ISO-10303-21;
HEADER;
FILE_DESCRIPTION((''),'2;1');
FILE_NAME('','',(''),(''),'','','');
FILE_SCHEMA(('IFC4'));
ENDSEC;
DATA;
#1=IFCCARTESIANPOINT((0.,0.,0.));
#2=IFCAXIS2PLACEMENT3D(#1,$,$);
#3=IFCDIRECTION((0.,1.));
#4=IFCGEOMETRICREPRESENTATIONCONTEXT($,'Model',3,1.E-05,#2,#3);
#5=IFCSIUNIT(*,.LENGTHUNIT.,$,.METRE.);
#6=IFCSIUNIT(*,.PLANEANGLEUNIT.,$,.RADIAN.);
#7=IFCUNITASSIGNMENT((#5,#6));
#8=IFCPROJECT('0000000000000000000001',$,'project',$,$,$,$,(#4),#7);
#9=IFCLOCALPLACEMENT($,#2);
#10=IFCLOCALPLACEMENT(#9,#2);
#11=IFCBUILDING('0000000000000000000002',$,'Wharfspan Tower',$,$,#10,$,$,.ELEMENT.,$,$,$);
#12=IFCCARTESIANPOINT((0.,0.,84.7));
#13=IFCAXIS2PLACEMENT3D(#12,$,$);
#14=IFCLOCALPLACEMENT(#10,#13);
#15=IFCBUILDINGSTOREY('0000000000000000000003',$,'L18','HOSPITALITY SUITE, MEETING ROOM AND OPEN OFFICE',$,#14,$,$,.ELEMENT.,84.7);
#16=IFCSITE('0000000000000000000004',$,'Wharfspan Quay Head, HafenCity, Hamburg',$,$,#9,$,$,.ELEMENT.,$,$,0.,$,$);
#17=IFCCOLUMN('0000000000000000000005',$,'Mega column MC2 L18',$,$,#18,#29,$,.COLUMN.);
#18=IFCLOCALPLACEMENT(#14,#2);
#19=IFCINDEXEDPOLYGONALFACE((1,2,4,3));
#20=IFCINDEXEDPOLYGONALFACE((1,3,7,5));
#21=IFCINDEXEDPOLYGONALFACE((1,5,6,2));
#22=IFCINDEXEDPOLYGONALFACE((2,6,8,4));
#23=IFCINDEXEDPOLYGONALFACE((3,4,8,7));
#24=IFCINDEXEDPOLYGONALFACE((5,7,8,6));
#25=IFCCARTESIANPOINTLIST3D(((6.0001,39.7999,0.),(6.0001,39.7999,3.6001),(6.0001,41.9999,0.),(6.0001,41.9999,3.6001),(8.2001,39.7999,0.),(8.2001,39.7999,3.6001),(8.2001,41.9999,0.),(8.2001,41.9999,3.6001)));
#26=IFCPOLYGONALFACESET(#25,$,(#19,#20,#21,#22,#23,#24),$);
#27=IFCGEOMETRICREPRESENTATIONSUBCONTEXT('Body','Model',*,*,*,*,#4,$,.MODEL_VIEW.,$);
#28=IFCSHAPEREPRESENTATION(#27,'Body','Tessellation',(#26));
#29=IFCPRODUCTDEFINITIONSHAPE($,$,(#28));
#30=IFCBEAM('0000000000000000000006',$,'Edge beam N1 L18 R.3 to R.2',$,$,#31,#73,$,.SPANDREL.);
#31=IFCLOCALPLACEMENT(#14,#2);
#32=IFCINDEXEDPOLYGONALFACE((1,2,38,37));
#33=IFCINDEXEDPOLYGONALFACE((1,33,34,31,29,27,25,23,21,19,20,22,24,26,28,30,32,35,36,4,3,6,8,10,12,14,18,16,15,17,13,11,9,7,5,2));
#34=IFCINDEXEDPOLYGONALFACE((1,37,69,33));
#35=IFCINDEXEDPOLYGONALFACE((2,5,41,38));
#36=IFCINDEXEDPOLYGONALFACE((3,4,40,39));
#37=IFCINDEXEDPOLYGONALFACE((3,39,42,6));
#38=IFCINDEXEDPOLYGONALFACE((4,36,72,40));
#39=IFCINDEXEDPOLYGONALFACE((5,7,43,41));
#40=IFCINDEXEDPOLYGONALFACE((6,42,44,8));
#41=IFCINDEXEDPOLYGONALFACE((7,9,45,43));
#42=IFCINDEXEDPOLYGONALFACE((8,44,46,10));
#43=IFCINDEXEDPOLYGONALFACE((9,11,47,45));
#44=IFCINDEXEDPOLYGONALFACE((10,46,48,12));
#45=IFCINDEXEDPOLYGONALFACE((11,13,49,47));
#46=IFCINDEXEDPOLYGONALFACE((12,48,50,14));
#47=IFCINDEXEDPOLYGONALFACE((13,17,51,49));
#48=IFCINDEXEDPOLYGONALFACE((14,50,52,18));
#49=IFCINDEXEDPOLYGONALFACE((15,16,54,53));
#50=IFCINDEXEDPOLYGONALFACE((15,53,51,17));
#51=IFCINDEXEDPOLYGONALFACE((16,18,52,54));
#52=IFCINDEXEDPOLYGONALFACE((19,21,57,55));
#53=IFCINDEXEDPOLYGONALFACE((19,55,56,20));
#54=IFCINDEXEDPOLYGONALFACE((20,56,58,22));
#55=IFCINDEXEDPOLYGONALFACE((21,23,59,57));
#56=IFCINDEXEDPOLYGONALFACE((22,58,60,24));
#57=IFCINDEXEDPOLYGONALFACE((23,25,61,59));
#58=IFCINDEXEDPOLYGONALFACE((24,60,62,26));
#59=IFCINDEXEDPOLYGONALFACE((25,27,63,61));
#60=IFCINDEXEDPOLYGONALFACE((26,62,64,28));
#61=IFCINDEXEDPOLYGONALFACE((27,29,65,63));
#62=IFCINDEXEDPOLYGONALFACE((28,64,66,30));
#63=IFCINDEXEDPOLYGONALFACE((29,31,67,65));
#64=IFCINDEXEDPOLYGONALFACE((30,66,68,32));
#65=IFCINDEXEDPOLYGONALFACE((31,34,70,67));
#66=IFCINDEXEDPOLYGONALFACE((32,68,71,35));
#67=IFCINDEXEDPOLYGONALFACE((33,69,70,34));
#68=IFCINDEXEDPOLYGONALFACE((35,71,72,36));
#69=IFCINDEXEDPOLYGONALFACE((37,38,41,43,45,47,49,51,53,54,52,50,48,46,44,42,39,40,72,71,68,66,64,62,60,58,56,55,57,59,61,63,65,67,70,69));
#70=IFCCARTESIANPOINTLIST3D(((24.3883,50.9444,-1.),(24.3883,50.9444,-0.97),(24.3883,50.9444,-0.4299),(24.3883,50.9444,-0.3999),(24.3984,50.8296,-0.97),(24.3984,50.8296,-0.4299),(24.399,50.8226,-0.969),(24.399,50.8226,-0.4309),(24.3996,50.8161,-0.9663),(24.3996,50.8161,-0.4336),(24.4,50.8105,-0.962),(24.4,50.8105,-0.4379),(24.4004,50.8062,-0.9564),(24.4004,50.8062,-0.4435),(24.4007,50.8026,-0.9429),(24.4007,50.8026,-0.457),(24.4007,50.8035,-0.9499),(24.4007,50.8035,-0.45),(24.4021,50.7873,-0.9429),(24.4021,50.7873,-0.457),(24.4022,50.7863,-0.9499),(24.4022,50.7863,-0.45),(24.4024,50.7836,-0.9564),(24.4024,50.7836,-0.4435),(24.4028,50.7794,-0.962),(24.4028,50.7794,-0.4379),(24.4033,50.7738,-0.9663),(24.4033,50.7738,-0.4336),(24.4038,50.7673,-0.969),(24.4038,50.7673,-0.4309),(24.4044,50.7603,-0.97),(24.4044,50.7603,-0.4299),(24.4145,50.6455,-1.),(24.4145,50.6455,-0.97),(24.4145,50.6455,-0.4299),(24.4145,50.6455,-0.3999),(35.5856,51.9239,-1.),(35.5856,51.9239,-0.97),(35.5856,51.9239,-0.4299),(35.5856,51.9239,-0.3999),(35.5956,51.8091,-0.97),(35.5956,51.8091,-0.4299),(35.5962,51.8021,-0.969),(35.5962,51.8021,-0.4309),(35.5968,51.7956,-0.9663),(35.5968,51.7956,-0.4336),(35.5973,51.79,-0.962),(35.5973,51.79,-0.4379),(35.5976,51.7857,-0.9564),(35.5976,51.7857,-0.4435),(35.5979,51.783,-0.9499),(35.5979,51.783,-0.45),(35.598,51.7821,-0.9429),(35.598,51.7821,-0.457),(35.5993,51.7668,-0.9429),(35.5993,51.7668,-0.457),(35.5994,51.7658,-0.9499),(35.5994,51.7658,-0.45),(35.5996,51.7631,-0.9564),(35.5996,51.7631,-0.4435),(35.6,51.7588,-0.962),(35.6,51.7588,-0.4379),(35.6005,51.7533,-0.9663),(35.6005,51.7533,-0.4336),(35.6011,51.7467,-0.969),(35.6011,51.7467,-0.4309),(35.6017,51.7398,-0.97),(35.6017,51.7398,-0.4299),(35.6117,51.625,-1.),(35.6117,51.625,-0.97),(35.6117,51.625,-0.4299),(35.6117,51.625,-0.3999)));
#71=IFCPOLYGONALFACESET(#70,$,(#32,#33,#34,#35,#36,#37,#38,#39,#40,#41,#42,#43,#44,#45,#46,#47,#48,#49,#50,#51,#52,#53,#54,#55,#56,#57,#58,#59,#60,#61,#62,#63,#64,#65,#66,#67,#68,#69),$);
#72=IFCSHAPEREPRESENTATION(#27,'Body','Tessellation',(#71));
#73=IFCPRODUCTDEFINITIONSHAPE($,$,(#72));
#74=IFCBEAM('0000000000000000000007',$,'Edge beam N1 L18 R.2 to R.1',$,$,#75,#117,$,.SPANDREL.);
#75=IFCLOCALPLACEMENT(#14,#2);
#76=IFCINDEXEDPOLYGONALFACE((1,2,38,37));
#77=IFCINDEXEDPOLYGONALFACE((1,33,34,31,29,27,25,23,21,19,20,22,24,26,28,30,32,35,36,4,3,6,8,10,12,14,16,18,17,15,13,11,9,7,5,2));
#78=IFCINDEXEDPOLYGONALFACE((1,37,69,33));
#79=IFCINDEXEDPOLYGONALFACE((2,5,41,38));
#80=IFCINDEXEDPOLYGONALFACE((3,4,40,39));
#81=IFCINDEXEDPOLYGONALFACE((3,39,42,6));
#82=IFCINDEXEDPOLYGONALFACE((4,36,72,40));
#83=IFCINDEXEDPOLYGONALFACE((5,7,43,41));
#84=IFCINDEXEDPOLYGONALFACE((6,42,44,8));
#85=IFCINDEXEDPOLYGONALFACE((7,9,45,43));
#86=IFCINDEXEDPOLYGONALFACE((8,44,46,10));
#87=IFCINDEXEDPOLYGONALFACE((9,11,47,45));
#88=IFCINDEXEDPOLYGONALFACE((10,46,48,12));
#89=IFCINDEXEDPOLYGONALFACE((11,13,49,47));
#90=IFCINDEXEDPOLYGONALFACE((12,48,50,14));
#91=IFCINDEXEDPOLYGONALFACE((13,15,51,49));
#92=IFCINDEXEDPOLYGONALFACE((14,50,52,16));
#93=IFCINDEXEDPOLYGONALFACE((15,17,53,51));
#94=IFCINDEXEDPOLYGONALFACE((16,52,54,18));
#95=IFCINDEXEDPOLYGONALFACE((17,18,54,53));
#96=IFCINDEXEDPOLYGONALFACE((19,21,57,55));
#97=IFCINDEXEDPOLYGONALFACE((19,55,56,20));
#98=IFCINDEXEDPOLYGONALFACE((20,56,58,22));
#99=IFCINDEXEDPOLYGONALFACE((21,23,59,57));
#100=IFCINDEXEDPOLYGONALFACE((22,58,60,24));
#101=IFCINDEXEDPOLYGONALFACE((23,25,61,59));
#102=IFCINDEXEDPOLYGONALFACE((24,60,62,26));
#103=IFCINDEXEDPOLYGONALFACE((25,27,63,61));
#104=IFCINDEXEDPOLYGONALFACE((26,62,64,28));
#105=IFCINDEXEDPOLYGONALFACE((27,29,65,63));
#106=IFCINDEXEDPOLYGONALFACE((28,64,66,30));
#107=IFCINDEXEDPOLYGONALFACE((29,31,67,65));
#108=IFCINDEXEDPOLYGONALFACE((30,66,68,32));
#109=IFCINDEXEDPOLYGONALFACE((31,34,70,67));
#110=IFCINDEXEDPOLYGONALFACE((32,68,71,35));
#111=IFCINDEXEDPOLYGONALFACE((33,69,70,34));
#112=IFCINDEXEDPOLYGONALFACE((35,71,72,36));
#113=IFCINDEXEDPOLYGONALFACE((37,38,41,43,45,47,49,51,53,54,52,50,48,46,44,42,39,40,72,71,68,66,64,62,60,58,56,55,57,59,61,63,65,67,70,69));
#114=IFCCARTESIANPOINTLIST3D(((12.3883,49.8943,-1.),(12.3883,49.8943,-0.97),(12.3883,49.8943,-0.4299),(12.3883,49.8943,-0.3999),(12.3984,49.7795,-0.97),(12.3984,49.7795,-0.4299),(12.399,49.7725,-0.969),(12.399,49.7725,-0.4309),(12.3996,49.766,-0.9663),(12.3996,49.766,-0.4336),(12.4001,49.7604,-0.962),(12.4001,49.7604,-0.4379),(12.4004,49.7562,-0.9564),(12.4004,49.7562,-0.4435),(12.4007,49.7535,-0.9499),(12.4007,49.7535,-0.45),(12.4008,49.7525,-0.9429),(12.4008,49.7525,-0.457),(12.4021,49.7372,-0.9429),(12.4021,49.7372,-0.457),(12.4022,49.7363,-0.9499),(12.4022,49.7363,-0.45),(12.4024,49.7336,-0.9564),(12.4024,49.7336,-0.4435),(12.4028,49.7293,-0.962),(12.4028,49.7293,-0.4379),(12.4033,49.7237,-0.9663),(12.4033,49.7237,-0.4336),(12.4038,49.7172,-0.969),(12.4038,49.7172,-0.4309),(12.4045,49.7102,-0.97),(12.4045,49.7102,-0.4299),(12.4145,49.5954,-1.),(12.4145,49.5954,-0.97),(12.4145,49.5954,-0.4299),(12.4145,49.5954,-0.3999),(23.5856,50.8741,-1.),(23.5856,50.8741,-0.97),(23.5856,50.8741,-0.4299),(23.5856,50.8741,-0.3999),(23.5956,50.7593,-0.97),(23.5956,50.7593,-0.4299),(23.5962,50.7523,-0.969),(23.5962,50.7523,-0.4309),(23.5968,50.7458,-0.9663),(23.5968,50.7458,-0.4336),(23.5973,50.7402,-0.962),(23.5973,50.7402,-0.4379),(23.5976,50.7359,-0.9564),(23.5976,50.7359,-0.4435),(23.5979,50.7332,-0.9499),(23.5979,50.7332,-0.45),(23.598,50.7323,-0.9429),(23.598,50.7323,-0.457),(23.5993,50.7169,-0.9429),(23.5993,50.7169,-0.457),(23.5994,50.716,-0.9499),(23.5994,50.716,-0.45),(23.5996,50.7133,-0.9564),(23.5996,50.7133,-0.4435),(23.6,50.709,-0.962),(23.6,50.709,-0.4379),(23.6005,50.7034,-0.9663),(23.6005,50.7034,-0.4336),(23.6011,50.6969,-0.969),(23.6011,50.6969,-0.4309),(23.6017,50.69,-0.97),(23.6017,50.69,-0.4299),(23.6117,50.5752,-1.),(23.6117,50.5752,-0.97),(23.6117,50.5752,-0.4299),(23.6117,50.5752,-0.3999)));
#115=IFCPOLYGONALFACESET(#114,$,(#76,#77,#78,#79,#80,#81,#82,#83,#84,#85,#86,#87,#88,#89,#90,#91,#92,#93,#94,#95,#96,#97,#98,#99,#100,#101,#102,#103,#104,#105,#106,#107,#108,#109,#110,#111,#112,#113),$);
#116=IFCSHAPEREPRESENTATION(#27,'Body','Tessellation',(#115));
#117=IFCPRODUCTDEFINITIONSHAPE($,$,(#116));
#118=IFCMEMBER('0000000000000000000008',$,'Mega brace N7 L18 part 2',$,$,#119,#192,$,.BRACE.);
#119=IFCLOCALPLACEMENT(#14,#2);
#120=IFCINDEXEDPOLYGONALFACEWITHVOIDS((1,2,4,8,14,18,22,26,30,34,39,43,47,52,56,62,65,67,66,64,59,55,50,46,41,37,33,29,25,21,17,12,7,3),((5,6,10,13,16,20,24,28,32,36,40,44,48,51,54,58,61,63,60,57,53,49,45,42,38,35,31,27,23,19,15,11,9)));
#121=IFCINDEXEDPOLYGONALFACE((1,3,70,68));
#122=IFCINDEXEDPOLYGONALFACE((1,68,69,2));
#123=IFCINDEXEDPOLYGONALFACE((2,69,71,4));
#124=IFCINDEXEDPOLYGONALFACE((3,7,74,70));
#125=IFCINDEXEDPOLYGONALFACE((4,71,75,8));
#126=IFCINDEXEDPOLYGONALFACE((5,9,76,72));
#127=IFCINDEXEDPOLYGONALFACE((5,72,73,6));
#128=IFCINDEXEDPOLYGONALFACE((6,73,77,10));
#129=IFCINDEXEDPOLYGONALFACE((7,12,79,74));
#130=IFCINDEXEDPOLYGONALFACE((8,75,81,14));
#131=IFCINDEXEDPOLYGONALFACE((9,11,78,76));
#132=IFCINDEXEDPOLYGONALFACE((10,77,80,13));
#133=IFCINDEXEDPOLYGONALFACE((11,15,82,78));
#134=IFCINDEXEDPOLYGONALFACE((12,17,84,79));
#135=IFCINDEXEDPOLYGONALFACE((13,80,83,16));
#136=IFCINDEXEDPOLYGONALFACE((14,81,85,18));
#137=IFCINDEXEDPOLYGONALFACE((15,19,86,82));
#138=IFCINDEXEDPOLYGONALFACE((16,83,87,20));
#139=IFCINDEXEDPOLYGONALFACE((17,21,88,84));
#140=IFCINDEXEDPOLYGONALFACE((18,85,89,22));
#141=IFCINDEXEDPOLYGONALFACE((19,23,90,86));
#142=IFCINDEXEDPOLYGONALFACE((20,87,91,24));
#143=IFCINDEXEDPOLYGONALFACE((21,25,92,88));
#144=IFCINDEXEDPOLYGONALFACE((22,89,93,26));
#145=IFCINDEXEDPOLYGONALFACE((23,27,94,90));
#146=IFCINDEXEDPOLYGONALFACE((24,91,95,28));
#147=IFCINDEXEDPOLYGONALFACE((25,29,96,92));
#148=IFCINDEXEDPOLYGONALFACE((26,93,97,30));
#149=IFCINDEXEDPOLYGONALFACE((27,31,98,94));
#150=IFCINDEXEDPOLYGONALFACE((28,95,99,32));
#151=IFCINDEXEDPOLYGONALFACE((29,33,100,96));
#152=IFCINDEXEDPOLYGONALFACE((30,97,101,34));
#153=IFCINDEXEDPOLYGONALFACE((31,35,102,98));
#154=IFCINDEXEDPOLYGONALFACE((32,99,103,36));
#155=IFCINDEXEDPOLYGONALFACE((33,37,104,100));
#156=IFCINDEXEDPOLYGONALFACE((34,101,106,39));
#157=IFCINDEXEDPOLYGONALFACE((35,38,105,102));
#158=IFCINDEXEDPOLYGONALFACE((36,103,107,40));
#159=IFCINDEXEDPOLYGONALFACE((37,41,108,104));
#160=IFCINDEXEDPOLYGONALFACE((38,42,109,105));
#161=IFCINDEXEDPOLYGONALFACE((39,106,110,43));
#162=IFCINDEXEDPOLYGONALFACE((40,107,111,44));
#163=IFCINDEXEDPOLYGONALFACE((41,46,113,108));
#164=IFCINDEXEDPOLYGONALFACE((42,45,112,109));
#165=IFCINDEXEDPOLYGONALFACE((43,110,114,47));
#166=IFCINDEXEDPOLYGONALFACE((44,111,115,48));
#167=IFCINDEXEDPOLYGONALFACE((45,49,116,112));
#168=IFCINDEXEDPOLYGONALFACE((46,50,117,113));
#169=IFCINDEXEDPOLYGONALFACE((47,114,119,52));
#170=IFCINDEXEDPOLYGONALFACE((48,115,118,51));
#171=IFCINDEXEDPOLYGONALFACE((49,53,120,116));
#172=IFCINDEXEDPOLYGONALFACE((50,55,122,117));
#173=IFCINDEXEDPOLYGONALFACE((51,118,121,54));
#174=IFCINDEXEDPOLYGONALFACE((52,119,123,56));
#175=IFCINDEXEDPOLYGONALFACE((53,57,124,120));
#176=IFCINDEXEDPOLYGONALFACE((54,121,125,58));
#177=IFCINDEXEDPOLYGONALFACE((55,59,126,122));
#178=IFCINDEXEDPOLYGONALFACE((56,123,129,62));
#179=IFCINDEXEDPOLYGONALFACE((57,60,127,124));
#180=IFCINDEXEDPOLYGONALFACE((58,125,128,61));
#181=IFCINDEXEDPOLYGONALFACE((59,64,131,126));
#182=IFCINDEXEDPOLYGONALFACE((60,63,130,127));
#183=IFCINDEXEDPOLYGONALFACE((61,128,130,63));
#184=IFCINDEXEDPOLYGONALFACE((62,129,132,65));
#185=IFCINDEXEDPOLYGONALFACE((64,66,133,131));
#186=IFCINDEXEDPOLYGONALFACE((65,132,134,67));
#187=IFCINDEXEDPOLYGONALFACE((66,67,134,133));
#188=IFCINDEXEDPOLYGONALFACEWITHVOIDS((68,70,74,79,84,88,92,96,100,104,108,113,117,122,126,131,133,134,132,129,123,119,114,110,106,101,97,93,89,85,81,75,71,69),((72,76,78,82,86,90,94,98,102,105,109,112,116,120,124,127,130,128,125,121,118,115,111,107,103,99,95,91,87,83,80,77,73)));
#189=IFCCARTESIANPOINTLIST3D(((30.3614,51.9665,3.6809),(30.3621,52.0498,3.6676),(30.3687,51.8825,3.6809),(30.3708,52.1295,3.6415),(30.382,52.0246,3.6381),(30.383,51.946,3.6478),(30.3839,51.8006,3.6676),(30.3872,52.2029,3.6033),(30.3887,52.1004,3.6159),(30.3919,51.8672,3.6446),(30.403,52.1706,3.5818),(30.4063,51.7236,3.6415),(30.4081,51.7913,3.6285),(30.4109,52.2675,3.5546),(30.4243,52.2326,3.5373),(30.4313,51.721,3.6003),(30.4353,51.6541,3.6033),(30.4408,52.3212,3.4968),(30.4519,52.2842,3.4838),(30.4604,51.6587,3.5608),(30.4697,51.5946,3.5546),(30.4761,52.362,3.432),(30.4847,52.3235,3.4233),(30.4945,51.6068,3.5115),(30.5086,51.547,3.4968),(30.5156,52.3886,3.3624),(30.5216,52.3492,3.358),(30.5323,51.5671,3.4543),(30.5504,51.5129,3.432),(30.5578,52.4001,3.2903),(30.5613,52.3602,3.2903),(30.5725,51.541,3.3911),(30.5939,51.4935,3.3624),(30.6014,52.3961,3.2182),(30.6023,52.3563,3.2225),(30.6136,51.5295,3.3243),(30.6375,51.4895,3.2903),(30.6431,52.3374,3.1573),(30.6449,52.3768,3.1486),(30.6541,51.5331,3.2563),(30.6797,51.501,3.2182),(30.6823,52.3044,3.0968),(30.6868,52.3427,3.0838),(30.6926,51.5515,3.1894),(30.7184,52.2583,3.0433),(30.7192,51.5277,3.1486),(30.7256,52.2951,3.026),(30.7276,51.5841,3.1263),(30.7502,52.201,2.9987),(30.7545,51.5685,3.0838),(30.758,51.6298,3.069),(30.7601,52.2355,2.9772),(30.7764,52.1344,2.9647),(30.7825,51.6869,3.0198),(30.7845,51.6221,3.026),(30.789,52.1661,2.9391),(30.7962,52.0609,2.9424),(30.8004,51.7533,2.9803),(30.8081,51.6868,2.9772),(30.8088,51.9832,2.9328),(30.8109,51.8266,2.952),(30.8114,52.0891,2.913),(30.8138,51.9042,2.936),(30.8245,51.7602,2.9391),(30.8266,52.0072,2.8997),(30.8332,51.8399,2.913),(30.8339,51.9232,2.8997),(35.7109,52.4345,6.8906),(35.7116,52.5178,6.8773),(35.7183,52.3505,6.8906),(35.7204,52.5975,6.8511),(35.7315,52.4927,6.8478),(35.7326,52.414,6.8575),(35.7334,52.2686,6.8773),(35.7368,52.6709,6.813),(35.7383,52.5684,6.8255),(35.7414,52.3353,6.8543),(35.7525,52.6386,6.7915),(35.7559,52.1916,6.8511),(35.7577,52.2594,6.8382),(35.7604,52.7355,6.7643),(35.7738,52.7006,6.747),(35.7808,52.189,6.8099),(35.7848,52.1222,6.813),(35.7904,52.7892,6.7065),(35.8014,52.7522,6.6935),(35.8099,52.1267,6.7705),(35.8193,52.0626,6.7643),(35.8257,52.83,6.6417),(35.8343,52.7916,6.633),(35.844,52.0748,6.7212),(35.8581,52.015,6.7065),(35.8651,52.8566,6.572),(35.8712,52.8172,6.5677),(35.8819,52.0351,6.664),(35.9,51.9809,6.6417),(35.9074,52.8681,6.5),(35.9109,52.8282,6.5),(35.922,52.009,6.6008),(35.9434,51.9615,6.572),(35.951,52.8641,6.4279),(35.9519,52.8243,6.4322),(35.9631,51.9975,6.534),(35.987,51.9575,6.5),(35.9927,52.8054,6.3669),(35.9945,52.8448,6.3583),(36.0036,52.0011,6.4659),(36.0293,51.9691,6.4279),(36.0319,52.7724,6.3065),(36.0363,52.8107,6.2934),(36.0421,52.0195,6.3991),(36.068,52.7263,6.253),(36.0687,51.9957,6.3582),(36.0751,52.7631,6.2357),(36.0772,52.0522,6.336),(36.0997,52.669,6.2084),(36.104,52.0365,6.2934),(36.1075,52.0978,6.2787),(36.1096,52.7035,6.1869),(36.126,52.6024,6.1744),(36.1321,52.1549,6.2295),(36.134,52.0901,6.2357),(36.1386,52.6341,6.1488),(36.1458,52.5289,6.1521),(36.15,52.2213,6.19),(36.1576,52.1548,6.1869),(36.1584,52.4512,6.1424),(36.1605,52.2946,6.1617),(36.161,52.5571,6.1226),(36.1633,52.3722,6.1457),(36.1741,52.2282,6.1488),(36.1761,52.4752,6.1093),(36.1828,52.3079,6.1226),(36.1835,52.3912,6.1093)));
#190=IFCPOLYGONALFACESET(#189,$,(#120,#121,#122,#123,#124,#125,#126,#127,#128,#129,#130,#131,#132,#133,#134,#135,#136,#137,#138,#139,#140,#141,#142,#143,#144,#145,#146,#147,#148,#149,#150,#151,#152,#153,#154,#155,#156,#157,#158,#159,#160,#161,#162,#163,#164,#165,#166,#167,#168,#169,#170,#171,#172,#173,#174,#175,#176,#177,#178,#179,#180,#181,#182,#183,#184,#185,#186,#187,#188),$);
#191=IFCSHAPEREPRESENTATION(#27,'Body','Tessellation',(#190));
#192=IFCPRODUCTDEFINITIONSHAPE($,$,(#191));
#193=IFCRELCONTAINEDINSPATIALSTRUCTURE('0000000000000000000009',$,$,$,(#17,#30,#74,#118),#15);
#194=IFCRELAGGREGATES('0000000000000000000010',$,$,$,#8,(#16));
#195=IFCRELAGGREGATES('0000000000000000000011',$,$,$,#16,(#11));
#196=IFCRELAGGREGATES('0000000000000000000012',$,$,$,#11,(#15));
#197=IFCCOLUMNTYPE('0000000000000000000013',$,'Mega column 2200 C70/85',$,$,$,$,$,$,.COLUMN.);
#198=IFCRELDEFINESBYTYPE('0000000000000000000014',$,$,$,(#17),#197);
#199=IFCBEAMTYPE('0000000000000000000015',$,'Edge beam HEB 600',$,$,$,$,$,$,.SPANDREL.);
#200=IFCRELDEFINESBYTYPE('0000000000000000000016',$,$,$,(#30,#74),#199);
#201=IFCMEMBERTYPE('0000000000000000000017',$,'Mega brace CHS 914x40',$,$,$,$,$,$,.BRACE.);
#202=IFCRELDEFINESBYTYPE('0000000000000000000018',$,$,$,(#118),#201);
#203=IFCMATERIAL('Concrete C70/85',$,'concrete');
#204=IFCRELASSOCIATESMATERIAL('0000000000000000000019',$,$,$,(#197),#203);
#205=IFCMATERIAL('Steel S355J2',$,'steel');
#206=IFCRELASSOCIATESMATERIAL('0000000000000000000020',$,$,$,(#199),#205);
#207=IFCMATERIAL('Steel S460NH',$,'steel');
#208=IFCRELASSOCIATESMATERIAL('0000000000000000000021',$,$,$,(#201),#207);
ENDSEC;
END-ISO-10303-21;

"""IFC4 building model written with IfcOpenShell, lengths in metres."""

from ifc_helpers import new_model, si_unit, direction, frame, origin, origin_2d, place, context, subcontext, project, spatial, rectangle, hollow_circle, i_section, extrude, material, material_profile, profile_set, type_object, element, save


model = new_model("IFC4")

# Units and contexts
model_context = context("Model", 3, precision=1e-05, world=origin(), true_north=direction((0.0, 1.0)))
body_context = subcontext(model_context, "Body", "Model", "MODEL_VIEW")
ifc_project = project(units=[si_unit("LENGTHUNIT", "METRE"), si_unit("PLANEANGLEUNIT", "RADIAN")], contexts=[model_context])

# Site, building, storey
site_placement = place(None, origin())
site = spatial("IfcSite", under=ifc_project, at=site_placement, Name="Wharfspan Quay Head, HafenCity, Hamburg", CompositionType="ELEMENT", RefElevation=0.0)
building_placement = place(site_placement, origin())
building = spatial("IfcBuilding", under=site, at=building_placement, Name="Wharfspan Tower", CompositionType="ELEMENT")
storey_placement = place(building_placement, frame((0.0, 0.0, 84.7)))
storey = spatial("IfcBuildingStorey", under=building, at=storey_placement, Name="L18", Description="HOSPITALITY SUITE, MEETING ROOM AND OPEN OFFICE", CompositionType="ELEMENT", Elevation=84.7)

# Column
ifc_material_1 = material(Name="Steel S355J2", Category="steel")
ifc_material_2 = material(Name="Concrete C70/85", Category="concrete")
ifc_material_profile_1 = material_profile(ifc_material_2, rectangle(XDim=2.2, YDim=2.2, at=origin_2d()))
ifc_profile_set_1 = profile_set([ifc_material_profile_1], Name="Concrete C70/85")
column_type_1 = type_object("IfcColumnType", Name="Mega column 2200 C70/85", PredefinedType="COLUMN", material=ifc_profile_set_1)
column_1_placement = place(storey_placement, frame((7.1001, 40.8999, 0.0), z_axis=(0.0, 0.0, 1.0), x_axis=(1.0, 0.0, 0.0)))
element("IfcColumn", 1, at=column_1_placement, inside=storey, type_object=column_type_1, Name="Mega column MC2 L18", PredefinedType="COLUMN", context=body_context, shape_type="SweptSolid", body=[
    extrude(rectangle(XDim=2.2, YDim=2.2, at=origin_2d()), origin(), (0.0, 0.0, 1.0), 3.6001),
])

# Beams
ifc_material_profile_2 = material_profile(ifc_material_1, i_section(OverallWidth=0.3, OverallDepth=0.6001, WebThickness=0.0154, FlangeThickness=0.03, FilletRadius=0.0271, at=origin_2d()))
ifc_profile_set_2 = profile_set([ifc_material_profile_2], Name="Steel S355J2")
beam_type = type_object("IfcBeamType", Name="Edge beam HEB 600", PredefinedType="SPANDREL", material=ifc_profile_set_2)
for number, where, z_axis, x_axis, name in (
    (2, (35.5986, 51.7744, -0.7), (-0.996196, -0.087143, 0.0), (0.087143, -0.996196, 0.0), "Edge beam N1 L18 R.3 to R.2"),
    (3, (23.5986, 50.7246, -0.7), (-0.996194, -0.087165, 0.0), (0.087165, -0.996194, 0.0), "Edge beam N1 L18 R.2 to R.1"),
):
    element("IfcBeam", number, at=place(storey_placement, frame(where, z_axis=z_axis, x_axis=x_axis)), inside=storey, type_object=beam_type, Name=name, PredefinedType="SPANDREL", context=body_context, shape_type="SweptSolid", body=[
        extrude(i_section(OverallWidth=0.3, OverallDepth=0.6001, WebThickness=0.0154, FlangeThickness=0.03, FilletRadius=0.0271, at=origin_2d()), origin(), (0.0, 0.0, 1.0), 11.24),
    ])

# Member
ifc_material_3 = material(Name="Steel S460NH", Category="steel")
ifc_material_profile_3 = material_profile(ifc_material_3, hollow_circle(Radius=0.457, WallThickness=0.04, at=origin_2d()))
ifc_profile_set_3 = profile_set([ifc_material_profile_3], Name="Steel S460NH")
member_type = type_object("IfcMemberType", Name="Mega brace CHS 914x40", PredefinedType="BRACE", material=ifc_profile_set_3)
for number, where, z_axis, x_axis, name in (
    (4, (30.5977, 51.9448, 3.2903), (0.855094, 0.074809, 0.513048), (-0.087154, 0.996195, 0.000001), "Mega brace N7 L18 part 2"),
):
    element("IfcMember", number, at=place(storey_placement, frame(where, z_axis=z_axis, x_axis=x_axis)), inside=storey, type_object=member_type, Name=name, PredefinedType="BRACE", context=body_context, shape_type="SweptSolid", body=[
        extrude(hollow_circle(Radius=0.457, WallThickness=0.04, at=origin_2d()), origin(), (0.0, 0.0, 1.0), 6.2561),
    ])

save(model, "model.ifc")
